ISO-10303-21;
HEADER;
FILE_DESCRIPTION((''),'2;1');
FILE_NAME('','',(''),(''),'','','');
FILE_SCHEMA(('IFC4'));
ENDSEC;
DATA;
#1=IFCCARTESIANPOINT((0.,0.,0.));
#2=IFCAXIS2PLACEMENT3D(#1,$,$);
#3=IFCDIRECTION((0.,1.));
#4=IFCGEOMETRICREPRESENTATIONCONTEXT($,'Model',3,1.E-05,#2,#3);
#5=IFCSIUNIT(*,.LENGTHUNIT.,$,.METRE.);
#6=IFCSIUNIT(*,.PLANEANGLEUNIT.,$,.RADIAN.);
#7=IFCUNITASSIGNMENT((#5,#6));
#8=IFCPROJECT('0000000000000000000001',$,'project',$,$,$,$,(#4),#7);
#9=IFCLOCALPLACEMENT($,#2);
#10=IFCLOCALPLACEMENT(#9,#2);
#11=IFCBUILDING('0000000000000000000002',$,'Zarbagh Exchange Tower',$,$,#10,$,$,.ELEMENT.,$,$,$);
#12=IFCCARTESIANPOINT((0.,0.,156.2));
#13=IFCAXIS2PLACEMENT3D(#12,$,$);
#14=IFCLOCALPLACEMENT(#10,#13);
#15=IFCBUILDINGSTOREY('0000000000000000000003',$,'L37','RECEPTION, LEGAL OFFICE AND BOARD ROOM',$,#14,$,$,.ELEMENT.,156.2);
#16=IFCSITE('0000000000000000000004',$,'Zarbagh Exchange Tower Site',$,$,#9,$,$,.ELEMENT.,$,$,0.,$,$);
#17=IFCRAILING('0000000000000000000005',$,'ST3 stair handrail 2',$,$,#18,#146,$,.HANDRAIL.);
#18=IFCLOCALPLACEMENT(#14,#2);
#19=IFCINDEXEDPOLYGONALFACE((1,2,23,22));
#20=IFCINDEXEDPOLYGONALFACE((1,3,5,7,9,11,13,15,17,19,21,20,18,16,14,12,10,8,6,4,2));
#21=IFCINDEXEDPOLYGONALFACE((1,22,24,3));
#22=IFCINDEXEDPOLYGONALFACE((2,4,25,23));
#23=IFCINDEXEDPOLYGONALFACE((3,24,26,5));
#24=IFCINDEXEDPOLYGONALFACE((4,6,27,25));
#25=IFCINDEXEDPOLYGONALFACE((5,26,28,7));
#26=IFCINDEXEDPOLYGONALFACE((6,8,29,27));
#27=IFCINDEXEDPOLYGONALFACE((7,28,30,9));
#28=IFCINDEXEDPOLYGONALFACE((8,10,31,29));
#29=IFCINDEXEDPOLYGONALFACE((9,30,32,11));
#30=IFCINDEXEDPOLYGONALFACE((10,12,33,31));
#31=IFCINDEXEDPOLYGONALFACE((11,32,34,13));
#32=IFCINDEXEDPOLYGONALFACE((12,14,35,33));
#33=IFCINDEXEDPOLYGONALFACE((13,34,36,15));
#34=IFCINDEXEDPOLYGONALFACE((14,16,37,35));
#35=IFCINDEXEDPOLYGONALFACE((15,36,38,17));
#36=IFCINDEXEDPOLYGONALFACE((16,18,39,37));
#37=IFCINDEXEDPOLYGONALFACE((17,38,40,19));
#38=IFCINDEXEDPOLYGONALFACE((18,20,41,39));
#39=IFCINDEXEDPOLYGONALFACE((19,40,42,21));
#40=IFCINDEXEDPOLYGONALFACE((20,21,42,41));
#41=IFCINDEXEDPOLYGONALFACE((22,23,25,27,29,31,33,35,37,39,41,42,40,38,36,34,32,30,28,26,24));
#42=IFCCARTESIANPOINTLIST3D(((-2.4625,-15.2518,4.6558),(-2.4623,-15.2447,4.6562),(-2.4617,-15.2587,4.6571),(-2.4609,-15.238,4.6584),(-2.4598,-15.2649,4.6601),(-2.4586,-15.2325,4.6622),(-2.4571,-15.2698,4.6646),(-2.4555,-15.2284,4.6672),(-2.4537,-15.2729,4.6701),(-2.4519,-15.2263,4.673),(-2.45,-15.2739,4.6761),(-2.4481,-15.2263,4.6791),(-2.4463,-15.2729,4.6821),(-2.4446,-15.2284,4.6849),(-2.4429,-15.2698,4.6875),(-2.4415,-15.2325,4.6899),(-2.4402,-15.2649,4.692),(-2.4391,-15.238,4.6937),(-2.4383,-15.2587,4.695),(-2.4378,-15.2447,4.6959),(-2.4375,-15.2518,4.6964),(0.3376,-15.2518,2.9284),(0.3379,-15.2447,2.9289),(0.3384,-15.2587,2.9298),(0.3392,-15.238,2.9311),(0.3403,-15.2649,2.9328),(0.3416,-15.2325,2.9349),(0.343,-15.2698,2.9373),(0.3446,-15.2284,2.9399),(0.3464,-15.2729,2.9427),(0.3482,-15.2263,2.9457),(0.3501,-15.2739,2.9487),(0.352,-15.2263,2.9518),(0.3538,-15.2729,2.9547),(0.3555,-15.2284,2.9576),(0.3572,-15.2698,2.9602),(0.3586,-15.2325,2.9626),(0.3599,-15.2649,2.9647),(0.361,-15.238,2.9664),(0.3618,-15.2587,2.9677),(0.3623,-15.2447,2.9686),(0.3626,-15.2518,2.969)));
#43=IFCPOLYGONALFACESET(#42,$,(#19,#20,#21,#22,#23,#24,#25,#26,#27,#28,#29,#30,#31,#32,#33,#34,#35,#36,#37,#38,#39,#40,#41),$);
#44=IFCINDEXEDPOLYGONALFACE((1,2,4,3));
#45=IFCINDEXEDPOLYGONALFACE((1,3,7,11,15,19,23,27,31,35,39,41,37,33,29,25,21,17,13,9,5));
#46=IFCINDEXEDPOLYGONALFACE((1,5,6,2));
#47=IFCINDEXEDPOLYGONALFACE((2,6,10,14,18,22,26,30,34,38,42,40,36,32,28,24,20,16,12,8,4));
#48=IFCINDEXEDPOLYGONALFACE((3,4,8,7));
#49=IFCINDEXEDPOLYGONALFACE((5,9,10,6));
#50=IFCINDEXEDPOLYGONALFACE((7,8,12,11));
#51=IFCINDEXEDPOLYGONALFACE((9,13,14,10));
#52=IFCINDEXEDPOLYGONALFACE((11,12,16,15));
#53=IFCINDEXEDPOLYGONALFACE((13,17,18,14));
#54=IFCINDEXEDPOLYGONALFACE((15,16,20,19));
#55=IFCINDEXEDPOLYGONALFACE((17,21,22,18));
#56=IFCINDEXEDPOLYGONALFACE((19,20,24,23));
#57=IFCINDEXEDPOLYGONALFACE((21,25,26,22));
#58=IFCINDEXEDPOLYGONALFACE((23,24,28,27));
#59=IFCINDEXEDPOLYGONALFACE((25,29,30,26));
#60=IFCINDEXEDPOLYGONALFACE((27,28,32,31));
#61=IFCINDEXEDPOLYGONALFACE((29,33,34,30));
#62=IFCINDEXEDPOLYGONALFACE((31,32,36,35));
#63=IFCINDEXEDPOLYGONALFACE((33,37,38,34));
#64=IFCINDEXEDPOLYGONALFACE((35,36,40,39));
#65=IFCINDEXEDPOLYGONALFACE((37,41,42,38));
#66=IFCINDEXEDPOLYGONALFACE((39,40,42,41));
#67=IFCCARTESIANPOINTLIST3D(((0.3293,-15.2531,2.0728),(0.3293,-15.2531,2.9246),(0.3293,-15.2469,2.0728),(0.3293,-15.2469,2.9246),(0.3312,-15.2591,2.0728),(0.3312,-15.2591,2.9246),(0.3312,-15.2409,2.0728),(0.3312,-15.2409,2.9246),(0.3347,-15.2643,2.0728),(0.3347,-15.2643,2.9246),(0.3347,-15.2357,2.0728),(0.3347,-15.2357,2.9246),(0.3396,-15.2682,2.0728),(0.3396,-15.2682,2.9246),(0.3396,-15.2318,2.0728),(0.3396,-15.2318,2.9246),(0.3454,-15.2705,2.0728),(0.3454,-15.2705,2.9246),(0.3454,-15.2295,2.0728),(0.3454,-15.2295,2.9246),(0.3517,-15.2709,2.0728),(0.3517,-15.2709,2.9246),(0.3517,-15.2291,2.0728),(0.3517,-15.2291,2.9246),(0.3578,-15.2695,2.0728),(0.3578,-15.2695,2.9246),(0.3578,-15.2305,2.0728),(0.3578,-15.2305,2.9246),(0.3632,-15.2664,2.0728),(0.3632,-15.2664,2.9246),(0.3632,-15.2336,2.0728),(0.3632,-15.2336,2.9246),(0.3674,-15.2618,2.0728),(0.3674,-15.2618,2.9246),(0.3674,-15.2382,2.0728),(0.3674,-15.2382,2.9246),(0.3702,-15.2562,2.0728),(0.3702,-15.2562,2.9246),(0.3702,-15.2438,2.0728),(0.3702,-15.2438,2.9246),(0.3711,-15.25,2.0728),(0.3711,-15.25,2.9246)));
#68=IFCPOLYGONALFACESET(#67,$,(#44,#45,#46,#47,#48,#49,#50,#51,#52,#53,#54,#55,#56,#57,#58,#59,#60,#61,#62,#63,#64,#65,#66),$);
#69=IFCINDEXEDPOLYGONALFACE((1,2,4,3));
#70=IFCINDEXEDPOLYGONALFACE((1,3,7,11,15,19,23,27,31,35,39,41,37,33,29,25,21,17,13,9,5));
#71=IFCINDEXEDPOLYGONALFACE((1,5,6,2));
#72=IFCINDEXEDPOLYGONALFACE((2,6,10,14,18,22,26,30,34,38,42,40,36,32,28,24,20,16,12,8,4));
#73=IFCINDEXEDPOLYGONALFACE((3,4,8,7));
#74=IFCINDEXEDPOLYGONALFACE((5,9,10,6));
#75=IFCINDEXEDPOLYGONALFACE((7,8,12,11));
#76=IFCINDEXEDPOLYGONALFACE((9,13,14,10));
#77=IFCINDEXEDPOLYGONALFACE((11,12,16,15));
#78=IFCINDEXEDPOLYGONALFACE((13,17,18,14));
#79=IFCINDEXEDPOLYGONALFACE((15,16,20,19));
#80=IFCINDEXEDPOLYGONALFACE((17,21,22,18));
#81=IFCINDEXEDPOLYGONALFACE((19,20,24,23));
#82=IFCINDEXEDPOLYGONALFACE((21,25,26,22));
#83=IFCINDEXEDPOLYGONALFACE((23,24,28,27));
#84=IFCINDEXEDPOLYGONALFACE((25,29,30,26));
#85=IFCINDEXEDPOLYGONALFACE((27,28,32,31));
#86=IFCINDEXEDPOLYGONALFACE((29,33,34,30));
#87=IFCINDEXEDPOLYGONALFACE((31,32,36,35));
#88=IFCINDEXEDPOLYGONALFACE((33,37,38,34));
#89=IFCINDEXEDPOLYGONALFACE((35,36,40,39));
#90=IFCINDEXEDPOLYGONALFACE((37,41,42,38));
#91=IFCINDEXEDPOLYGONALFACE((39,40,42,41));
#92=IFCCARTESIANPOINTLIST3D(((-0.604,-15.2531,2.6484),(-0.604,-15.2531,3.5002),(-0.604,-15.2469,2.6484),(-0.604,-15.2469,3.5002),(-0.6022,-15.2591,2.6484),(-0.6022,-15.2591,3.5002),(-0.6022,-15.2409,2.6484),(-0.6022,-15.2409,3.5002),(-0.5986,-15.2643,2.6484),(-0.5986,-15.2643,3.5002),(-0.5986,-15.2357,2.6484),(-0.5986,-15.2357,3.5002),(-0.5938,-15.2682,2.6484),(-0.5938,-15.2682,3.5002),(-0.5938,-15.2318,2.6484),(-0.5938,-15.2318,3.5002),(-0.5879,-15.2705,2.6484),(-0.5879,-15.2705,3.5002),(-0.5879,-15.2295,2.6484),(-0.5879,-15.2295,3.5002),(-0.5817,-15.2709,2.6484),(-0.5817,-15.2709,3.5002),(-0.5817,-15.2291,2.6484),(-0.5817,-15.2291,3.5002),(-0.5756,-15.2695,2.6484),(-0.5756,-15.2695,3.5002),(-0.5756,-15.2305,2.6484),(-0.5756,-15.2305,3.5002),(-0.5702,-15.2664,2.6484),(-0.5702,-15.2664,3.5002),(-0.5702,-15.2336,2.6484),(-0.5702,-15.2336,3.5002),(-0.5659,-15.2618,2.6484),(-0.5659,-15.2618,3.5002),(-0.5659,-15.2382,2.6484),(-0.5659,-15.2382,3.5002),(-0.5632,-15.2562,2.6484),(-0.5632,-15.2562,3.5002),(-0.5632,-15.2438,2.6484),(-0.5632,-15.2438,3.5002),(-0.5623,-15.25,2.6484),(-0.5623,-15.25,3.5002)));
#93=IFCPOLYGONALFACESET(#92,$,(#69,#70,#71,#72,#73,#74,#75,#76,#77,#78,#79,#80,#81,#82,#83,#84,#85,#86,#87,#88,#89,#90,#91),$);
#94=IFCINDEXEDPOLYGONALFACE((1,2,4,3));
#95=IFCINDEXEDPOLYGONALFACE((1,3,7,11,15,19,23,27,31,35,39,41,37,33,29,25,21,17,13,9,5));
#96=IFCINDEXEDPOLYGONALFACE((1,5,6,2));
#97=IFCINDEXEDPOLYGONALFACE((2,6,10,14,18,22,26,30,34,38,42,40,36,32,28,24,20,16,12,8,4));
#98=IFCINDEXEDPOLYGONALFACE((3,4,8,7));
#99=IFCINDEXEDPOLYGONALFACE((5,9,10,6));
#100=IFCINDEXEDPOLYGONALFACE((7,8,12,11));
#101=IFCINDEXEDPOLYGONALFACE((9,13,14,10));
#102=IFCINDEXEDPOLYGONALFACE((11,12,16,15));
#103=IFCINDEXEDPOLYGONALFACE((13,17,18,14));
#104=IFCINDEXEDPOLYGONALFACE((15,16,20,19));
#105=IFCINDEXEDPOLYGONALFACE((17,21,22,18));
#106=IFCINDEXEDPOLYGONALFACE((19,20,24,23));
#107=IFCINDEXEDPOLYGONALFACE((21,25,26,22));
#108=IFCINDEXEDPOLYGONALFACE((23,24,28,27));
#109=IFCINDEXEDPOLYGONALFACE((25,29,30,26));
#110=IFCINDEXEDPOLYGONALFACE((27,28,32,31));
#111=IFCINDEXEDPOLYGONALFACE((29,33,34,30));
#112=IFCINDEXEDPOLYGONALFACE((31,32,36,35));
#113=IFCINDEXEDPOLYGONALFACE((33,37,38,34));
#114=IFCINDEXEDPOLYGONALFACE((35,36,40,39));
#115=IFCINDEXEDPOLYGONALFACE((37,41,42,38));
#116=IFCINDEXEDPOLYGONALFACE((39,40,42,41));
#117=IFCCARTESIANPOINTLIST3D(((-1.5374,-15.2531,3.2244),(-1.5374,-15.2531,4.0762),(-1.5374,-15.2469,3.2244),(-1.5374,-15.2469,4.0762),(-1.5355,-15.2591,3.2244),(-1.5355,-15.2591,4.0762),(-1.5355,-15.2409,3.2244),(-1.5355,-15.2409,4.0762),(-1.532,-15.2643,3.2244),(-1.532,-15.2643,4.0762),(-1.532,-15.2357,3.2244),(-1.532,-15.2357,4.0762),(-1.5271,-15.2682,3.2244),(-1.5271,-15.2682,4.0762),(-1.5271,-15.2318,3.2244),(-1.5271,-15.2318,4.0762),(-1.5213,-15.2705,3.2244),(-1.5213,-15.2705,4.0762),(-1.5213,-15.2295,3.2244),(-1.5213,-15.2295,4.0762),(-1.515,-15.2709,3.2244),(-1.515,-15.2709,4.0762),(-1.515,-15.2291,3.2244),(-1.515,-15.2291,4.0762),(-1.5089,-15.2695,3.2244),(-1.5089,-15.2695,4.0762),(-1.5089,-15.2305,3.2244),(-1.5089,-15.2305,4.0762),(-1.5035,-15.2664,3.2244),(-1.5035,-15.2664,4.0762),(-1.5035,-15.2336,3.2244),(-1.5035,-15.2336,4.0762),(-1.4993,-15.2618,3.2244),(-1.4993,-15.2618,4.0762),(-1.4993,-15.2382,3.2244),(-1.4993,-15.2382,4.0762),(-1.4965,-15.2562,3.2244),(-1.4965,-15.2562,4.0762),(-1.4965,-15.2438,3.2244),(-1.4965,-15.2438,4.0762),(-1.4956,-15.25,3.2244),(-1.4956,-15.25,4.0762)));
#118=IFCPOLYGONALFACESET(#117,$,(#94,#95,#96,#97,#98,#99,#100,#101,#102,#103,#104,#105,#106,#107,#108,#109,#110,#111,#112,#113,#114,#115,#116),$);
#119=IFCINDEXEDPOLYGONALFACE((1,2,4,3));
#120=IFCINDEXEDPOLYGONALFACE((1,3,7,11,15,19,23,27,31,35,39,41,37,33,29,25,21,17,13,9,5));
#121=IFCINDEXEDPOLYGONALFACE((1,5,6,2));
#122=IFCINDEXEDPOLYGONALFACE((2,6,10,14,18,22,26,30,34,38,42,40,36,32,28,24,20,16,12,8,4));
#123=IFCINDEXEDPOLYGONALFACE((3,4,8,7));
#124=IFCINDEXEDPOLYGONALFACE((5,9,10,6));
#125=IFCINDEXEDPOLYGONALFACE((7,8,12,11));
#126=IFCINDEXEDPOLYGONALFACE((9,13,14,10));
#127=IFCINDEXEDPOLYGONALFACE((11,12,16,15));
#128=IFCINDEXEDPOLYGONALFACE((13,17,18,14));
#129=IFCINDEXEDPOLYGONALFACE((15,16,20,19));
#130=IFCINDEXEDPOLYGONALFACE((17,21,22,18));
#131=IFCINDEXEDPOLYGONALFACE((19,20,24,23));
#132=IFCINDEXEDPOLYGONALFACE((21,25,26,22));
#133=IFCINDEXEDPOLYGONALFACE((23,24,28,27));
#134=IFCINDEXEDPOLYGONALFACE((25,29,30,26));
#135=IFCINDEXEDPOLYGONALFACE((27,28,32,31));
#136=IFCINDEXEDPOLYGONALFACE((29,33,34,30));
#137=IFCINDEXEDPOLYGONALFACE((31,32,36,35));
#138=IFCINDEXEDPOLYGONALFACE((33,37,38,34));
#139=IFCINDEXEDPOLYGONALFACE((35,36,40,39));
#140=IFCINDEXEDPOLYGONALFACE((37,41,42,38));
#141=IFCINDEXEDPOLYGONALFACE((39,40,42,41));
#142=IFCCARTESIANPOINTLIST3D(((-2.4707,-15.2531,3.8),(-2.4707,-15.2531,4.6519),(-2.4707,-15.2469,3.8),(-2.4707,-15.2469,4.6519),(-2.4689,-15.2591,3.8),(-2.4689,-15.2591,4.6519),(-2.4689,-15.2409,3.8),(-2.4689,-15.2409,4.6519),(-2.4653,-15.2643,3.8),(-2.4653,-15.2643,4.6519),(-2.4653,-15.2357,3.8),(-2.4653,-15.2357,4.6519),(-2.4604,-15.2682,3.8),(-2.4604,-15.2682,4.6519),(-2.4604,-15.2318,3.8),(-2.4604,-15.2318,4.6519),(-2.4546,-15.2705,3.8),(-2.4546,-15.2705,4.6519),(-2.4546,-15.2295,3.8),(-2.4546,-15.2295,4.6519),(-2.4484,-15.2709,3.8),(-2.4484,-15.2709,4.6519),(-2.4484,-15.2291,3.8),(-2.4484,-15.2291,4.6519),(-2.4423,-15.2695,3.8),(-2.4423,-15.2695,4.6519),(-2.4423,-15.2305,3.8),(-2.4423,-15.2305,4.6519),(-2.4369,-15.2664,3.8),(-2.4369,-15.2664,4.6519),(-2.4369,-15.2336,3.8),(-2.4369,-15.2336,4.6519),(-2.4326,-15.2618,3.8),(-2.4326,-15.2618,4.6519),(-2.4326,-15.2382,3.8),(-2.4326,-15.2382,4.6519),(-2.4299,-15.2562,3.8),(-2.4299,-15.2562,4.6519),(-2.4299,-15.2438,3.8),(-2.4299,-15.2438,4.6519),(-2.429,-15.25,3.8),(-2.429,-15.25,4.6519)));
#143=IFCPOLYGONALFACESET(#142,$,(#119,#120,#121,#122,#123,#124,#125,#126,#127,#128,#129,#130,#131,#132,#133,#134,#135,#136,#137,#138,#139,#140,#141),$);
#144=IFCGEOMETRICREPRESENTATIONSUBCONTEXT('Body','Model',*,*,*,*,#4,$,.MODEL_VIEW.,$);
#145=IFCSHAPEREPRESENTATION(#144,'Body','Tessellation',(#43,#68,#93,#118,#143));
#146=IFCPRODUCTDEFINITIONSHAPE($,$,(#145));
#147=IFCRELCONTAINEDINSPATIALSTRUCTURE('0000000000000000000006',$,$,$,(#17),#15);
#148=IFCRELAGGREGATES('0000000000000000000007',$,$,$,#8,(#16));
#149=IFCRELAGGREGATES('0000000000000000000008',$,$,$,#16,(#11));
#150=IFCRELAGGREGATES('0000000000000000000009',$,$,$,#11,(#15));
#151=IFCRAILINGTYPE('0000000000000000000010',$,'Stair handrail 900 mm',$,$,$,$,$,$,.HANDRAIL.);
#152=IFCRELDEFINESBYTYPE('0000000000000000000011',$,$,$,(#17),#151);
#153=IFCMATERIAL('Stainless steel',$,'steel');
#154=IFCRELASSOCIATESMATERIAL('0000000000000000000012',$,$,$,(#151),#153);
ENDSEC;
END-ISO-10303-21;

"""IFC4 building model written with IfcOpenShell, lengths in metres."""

from ifc_helpers import new_model, si_unit, direction, frame, origin, origin_2d, place, context, subcontext, project, spatial, circle, extrude, material, type_object, element, save


model = new_model("IFC4")

# Units and contexts
model_context = context("Model", 3, precision=1e-05, world=origin(), true_north=direction((0.0, 1.0)))
body_context = subcontext(model_context, "Body", "Model", "MODEL_VIEW")
ifc_project = project(units=[si_unit("LENGTHUNIT", "METRE"), si_unit("PLANEANGLEUNIT", "RADIAN")], contexts=[model_context])

# Site, building, storey
site_placement = place(None, origin())
site = spatial("IfcSite", under=ifc_project, at=site_placement, Name="Zarbagh Exchange Tower Site", CompositionType="ELEMENT", RefElevation=0.0)
building_placement = place(site_placement, origin())
building = spatial("IfcBuilding", under=site, at=building_placement, Name="Zarbagh Exchange Tower", CompositionType="ELEMENT")
storey_placement = place(building_placement, frame((0.0, 0.0, 156.2)))
storey = spatial("IfcBuildingStorey", under=building, at=storey_placement, Name="L37", Description="RECEPTION, LEGAL OFFICE AND BOARD ROOM", CompositionType="ELEMENT", Elevation=156.2)

# Shared definitions
ifc_material_1 = material(Name="Stainless steel", Category="steel")

# Railing
railing_type_1 = type_object("IfcRailingType", Name="Stair handrail 900 mm", PredefinedType="HANDRAIL", material=ifc_material_1)
for number, where, name in (
    (1, (0.3501, -15.25, 2.0728), "ST3 stair handrail 2"),
):
    element("IfcRailing", number, at=place(storey_placement, frame(where)), inside=storey, type_object=railing_type_1, Name=name, PredefinedType="HANDRAIL", context=body_context, shape_type="SweptSolid", body=[
        extrude(circle(Radius=0.0239, at=origin_2d()), frame((0.0, 0.0, 0.876), z_axis=(-0.85109, 0.0, 0.52502), x_axis=(0.0, -1.0, 0.0)), (0.0, 0.0, 1.0), 3.29),
        extrude(circle(Radius=0.021, at=origin_2d()), origin(), (0.0, 0.0, 1.0), 0.8518),
        extrude(circle(Radius=0.021, at=origin_2d()), frame((-0.9333, 0.0, 0.5757)), (0.0, 0.0, 1.0), 0.8518),
        extrude(circle(Radius=0.021, at=origin_2d()), frame((-1.8667, 0.0, 1.1516)), (0.0, 0.0, 1.0), 0.8518),
        extrude(circle(Radius=0.021, at=origin_2d()), frame((-2.8, 0.0, 1.7273)), (0.0, 0.0, 1.0), 0.8518),
    ])

save(model, "model.ifc")
